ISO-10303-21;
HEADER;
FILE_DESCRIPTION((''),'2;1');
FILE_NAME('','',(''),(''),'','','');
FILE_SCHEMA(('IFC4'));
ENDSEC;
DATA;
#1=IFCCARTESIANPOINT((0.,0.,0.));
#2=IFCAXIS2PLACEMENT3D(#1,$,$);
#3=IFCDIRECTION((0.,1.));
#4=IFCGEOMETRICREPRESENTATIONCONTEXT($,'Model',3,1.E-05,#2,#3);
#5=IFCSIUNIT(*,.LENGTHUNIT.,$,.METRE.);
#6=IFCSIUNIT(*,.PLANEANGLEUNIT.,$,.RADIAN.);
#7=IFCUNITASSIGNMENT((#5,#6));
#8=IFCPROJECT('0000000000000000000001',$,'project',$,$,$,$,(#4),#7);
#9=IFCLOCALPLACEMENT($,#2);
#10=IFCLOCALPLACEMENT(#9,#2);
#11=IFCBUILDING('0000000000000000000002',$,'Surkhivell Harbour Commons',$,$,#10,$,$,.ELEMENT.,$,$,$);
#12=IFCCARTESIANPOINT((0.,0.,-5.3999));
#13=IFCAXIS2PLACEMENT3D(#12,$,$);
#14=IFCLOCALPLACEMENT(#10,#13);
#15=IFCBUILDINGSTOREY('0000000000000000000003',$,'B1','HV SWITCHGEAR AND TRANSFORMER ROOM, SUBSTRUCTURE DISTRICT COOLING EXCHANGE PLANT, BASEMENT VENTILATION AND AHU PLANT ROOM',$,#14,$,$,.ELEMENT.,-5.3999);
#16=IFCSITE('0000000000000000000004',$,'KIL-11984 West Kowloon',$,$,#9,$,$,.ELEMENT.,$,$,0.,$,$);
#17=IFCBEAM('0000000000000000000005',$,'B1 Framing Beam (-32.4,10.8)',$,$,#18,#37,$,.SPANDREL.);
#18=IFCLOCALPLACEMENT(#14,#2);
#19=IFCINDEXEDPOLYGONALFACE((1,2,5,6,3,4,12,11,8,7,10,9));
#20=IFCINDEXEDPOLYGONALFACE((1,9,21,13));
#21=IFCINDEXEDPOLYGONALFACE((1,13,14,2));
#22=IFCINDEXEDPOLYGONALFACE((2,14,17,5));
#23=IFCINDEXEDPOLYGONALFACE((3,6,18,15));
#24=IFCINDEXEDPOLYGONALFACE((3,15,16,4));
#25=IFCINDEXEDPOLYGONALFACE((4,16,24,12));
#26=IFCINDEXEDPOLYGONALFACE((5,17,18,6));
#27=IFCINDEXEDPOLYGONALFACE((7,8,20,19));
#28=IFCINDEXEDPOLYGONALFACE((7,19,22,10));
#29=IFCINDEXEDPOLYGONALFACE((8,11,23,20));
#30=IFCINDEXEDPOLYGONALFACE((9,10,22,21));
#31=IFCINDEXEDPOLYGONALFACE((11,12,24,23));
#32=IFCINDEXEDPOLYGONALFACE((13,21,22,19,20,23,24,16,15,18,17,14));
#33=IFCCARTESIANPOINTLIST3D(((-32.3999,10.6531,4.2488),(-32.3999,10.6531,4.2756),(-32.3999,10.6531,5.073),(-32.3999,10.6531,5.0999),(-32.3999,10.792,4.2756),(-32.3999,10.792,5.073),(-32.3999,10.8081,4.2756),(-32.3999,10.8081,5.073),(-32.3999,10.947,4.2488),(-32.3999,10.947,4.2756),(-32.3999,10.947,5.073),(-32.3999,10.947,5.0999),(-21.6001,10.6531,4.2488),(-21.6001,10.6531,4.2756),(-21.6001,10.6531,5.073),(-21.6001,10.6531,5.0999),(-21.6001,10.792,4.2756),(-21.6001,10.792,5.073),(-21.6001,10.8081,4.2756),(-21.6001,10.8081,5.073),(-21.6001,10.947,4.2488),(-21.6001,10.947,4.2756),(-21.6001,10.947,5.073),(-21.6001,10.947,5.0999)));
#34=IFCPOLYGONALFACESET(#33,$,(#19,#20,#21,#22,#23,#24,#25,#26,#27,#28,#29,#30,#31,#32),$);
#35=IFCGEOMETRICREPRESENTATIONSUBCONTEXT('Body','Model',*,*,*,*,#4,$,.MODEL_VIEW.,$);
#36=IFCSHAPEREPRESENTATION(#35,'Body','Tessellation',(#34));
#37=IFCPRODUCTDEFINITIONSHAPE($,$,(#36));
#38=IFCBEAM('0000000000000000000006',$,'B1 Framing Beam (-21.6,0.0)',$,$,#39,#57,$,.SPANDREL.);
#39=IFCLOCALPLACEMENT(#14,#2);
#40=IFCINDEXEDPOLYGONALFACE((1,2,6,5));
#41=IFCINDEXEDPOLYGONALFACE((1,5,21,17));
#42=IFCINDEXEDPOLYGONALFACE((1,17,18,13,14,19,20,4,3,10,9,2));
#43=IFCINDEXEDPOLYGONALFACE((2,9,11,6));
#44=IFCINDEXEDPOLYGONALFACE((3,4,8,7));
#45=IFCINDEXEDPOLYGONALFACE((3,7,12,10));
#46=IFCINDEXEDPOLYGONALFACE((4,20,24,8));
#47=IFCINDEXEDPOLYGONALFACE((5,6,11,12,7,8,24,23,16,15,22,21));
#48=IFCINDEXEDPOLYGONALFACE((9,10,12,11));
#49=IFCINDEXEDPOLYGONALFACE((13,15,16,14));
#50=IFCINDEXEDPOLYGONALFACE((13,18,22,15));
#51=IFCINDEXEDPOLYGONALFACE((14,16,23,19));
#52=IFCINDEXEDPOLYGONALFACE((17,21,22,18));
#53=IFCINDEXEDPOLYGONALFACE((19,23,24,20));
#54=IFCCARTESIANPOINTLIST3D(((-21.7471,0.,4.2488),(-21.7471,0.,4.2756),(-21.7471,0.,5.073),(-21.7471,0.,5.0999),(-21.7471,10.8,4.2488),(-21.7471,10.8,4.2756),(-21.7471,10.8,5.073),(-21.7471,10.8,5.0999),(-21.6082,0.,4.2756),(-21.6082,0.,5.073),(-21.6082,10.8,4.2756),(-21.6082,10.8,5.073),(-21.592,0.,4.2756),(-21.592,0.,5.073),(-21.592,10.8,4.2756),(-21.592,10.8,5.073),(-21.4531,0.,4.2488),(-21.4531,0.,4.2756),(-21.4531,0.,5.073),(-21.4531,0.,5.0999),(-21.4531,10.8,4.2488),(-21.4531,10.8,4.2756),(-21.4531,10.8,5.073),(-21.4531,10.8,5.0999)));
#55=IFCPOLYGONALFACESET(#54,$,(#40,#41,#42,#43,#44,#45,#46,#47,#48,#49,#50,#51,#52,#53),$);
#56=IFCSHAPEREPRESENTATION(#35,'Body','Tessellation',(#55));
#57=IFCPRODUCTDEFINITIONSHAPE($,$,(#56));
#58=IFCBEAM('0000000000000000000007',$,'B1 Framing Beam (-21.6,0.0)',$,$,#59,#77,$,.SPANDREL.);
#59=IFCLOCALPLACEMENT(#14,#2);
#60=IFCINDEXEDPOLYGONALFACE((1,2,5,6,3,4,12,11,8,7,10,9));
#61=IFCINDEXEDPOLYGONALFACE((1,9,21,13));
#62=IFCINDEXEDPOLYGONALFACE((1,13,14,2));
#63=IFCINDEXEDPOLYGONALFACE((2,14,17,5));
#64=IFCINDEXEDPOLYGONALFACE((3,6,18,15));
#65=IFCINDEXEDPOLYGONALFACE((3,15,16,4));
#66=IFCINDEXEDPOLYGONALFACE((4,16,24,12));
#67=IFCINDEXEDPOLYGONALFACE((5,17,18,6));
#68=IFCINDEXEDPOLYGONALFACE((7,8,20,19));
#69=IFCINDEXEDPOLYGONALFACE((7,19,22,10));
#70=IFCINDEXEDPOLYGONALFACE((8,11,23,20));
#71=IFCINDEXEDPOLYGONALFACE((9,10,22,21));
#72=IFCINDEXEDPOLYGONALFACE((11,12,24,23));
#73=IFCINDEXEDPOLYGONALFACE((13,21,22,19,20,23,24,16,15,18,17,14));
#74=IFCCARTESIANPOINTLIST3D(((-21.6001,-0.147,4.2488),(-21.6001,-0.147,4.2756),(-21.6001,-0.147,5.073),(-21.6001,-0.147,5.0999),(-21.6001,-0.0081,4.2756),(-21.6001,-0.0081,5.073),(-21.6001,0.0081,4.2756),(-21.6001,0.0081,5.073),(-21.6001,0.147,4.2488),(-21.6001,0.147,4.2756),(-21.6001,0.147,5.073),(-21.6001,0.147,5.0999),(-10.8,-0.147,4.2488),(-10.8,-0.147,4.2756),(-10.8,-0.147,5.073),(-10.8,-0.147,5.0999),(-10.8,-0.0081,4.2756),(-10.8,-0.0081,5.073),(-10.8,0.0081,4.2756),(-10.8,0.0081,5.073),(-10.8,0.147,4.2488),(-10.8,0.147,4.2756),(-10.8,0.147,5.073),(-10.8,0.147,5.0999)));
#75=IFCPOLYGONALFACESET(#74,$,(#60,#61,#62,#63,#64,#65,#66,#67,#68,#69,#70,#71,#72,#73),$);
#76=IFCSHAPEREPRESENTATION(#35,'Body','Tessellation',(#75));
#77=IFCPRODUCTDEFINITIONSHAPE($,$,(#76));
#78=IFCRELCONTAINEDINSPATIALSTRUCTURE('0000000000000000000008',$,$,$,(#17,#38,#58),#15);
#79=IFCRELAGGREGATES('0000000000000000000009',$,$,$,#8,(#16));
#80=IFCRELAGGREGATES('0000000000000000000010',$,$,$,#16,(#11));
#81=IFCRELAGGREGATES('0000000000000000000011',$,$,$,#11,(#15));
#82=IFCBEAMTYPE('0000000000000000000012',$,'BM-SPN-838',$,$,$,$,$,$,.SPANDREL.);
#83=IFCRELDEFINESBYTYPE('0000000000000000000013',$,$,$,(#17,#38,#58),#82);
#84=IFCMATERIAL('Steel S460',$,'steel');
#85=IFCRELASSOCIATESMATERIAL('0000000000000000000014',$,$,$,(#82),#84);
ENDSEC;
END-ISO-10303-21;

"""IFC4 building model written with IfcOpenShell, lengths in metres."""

from ifc_helpers import new_model, si_unit, direction, frame, origin, origin_2d, place, context, subcontext, project, spatial, i_section, extrude, material, material_profile, profile_set, type_object, element, save


model = new_model("IFC4")

# Units and contexts
model_context = context("Model", 3, precision=1e-05, world=origin(), true_north=direction((0.0, 1.0)))
body_context = subcontext(model_context, "Body", "Model", "MODEL_VIEW")
ifc_project = project(units=[si_unit("LENGTHUNIT", "METRE"), si_unit("PLANEANGLEUNIT", "RADIAN")], contexts=[model_context])

# Site, building, storey
site_placement = place(None, origin())
site = spatial("IfcSite", under=ifc_project, at=site_placement, Name="KIL-11984 West Kowloon", CompositionType="ELEMENT", RefElevation=0.0)
building_placement = place(site_placement, origin())
building = spatial("IfcBuilding", under=site, at=building_placement, Name="Surkhivell Harbour Commons", CompositionType="ELEMENT")
storey_placement = place(building_placement, frame((0.0, 0.0, -5.3999)))
storey = spatial("IfcBuildingStorey", under=building, at=storey_placement, Name="B1", Description="HV SWITCHGEAR AND TRANSFORMER ROOM, SUBSTRUCTURE DISTRICT COOLING EXCHANGE PLANT, BASEMENT VENTILATION AND AHU PLANT ROOM", CompositionType="ELEMENT", Elevation=-5.3999)

# Beams
ifc_material_1 = material(Name="Steel S460", Category="steel")
ifc_material_profile_1 = material_profile(ifc_material_1, i_section(OverallWidth=0.2939, OverallDepth=0.8511, WebThickness=0.0161, FlangeThickness=0.0269, at=origin_2d()), Name="UB838x292x226")
ifc_profile_set_1 = profile_set([ifc_material_profile_1], Name="Steel S460")
beam_type = type_object("IfcBeamType", Name="BM-SPN-838", PredefinedType="SPANDREL", material=ifc_profile_set_1)
beam_1_placement = place(storey_placement, frame((-32.3999, 10.8, 4.6743), z_axis=(1.0, 0.0, 0.0), x_axis=(0.0, 1.0, 0.0)))
element("IfcBeam", 1, at=beam_1_placement, inside=storey, type_object=beam_type, Name="B1 Framing Beam (-32.4,10.8)", PredefinedType="SPANDREL", context=body_context, shape_type="SweptSolid", body=[
    extrude(i_section(OverallWidth=0.2939, OverallDepth=0.8511, WebThickness=0.0161, FlangeThickness=0.0269, at=origin_2d()), origin(), (0.0, 0.0, 1.0), 10.7998),
])
for number, where, z_axis, x_axis, name in (
    (2, (-21.6001, 0.0, 4.6743), (0.0, 1.0, 0.0), (-1.0, 0.0, 0.0), "B1 Framing Beam (-21.6,0.0)"),
    (3, (-21.6001, 0.0, 4.6743), (1.0, 0.0, 0.0), (0.0, 1.0, 0.0), "B1 Framing Beam (-21.6,0.0)"),
):
    element("IfcBeam", number, at=place(storey_placement, frame(where, z_axis=z_axis, x_axis=x_axis)), inside=storey, type_object=beam_type, Name=name, PredefinedType="SPANDREL", context=body_context, shape_type="SweptSolid", body=[
        extrude(i_section(OverallWidth=0.2939, OverallDepth=0.8511, WebThickness=0.0161, FlangeThickness=0.0269, at=origin_2d()), origin(), (0.0, 0.0, 1.0), 10.8),
    ])

save(model, "model.ifc")
